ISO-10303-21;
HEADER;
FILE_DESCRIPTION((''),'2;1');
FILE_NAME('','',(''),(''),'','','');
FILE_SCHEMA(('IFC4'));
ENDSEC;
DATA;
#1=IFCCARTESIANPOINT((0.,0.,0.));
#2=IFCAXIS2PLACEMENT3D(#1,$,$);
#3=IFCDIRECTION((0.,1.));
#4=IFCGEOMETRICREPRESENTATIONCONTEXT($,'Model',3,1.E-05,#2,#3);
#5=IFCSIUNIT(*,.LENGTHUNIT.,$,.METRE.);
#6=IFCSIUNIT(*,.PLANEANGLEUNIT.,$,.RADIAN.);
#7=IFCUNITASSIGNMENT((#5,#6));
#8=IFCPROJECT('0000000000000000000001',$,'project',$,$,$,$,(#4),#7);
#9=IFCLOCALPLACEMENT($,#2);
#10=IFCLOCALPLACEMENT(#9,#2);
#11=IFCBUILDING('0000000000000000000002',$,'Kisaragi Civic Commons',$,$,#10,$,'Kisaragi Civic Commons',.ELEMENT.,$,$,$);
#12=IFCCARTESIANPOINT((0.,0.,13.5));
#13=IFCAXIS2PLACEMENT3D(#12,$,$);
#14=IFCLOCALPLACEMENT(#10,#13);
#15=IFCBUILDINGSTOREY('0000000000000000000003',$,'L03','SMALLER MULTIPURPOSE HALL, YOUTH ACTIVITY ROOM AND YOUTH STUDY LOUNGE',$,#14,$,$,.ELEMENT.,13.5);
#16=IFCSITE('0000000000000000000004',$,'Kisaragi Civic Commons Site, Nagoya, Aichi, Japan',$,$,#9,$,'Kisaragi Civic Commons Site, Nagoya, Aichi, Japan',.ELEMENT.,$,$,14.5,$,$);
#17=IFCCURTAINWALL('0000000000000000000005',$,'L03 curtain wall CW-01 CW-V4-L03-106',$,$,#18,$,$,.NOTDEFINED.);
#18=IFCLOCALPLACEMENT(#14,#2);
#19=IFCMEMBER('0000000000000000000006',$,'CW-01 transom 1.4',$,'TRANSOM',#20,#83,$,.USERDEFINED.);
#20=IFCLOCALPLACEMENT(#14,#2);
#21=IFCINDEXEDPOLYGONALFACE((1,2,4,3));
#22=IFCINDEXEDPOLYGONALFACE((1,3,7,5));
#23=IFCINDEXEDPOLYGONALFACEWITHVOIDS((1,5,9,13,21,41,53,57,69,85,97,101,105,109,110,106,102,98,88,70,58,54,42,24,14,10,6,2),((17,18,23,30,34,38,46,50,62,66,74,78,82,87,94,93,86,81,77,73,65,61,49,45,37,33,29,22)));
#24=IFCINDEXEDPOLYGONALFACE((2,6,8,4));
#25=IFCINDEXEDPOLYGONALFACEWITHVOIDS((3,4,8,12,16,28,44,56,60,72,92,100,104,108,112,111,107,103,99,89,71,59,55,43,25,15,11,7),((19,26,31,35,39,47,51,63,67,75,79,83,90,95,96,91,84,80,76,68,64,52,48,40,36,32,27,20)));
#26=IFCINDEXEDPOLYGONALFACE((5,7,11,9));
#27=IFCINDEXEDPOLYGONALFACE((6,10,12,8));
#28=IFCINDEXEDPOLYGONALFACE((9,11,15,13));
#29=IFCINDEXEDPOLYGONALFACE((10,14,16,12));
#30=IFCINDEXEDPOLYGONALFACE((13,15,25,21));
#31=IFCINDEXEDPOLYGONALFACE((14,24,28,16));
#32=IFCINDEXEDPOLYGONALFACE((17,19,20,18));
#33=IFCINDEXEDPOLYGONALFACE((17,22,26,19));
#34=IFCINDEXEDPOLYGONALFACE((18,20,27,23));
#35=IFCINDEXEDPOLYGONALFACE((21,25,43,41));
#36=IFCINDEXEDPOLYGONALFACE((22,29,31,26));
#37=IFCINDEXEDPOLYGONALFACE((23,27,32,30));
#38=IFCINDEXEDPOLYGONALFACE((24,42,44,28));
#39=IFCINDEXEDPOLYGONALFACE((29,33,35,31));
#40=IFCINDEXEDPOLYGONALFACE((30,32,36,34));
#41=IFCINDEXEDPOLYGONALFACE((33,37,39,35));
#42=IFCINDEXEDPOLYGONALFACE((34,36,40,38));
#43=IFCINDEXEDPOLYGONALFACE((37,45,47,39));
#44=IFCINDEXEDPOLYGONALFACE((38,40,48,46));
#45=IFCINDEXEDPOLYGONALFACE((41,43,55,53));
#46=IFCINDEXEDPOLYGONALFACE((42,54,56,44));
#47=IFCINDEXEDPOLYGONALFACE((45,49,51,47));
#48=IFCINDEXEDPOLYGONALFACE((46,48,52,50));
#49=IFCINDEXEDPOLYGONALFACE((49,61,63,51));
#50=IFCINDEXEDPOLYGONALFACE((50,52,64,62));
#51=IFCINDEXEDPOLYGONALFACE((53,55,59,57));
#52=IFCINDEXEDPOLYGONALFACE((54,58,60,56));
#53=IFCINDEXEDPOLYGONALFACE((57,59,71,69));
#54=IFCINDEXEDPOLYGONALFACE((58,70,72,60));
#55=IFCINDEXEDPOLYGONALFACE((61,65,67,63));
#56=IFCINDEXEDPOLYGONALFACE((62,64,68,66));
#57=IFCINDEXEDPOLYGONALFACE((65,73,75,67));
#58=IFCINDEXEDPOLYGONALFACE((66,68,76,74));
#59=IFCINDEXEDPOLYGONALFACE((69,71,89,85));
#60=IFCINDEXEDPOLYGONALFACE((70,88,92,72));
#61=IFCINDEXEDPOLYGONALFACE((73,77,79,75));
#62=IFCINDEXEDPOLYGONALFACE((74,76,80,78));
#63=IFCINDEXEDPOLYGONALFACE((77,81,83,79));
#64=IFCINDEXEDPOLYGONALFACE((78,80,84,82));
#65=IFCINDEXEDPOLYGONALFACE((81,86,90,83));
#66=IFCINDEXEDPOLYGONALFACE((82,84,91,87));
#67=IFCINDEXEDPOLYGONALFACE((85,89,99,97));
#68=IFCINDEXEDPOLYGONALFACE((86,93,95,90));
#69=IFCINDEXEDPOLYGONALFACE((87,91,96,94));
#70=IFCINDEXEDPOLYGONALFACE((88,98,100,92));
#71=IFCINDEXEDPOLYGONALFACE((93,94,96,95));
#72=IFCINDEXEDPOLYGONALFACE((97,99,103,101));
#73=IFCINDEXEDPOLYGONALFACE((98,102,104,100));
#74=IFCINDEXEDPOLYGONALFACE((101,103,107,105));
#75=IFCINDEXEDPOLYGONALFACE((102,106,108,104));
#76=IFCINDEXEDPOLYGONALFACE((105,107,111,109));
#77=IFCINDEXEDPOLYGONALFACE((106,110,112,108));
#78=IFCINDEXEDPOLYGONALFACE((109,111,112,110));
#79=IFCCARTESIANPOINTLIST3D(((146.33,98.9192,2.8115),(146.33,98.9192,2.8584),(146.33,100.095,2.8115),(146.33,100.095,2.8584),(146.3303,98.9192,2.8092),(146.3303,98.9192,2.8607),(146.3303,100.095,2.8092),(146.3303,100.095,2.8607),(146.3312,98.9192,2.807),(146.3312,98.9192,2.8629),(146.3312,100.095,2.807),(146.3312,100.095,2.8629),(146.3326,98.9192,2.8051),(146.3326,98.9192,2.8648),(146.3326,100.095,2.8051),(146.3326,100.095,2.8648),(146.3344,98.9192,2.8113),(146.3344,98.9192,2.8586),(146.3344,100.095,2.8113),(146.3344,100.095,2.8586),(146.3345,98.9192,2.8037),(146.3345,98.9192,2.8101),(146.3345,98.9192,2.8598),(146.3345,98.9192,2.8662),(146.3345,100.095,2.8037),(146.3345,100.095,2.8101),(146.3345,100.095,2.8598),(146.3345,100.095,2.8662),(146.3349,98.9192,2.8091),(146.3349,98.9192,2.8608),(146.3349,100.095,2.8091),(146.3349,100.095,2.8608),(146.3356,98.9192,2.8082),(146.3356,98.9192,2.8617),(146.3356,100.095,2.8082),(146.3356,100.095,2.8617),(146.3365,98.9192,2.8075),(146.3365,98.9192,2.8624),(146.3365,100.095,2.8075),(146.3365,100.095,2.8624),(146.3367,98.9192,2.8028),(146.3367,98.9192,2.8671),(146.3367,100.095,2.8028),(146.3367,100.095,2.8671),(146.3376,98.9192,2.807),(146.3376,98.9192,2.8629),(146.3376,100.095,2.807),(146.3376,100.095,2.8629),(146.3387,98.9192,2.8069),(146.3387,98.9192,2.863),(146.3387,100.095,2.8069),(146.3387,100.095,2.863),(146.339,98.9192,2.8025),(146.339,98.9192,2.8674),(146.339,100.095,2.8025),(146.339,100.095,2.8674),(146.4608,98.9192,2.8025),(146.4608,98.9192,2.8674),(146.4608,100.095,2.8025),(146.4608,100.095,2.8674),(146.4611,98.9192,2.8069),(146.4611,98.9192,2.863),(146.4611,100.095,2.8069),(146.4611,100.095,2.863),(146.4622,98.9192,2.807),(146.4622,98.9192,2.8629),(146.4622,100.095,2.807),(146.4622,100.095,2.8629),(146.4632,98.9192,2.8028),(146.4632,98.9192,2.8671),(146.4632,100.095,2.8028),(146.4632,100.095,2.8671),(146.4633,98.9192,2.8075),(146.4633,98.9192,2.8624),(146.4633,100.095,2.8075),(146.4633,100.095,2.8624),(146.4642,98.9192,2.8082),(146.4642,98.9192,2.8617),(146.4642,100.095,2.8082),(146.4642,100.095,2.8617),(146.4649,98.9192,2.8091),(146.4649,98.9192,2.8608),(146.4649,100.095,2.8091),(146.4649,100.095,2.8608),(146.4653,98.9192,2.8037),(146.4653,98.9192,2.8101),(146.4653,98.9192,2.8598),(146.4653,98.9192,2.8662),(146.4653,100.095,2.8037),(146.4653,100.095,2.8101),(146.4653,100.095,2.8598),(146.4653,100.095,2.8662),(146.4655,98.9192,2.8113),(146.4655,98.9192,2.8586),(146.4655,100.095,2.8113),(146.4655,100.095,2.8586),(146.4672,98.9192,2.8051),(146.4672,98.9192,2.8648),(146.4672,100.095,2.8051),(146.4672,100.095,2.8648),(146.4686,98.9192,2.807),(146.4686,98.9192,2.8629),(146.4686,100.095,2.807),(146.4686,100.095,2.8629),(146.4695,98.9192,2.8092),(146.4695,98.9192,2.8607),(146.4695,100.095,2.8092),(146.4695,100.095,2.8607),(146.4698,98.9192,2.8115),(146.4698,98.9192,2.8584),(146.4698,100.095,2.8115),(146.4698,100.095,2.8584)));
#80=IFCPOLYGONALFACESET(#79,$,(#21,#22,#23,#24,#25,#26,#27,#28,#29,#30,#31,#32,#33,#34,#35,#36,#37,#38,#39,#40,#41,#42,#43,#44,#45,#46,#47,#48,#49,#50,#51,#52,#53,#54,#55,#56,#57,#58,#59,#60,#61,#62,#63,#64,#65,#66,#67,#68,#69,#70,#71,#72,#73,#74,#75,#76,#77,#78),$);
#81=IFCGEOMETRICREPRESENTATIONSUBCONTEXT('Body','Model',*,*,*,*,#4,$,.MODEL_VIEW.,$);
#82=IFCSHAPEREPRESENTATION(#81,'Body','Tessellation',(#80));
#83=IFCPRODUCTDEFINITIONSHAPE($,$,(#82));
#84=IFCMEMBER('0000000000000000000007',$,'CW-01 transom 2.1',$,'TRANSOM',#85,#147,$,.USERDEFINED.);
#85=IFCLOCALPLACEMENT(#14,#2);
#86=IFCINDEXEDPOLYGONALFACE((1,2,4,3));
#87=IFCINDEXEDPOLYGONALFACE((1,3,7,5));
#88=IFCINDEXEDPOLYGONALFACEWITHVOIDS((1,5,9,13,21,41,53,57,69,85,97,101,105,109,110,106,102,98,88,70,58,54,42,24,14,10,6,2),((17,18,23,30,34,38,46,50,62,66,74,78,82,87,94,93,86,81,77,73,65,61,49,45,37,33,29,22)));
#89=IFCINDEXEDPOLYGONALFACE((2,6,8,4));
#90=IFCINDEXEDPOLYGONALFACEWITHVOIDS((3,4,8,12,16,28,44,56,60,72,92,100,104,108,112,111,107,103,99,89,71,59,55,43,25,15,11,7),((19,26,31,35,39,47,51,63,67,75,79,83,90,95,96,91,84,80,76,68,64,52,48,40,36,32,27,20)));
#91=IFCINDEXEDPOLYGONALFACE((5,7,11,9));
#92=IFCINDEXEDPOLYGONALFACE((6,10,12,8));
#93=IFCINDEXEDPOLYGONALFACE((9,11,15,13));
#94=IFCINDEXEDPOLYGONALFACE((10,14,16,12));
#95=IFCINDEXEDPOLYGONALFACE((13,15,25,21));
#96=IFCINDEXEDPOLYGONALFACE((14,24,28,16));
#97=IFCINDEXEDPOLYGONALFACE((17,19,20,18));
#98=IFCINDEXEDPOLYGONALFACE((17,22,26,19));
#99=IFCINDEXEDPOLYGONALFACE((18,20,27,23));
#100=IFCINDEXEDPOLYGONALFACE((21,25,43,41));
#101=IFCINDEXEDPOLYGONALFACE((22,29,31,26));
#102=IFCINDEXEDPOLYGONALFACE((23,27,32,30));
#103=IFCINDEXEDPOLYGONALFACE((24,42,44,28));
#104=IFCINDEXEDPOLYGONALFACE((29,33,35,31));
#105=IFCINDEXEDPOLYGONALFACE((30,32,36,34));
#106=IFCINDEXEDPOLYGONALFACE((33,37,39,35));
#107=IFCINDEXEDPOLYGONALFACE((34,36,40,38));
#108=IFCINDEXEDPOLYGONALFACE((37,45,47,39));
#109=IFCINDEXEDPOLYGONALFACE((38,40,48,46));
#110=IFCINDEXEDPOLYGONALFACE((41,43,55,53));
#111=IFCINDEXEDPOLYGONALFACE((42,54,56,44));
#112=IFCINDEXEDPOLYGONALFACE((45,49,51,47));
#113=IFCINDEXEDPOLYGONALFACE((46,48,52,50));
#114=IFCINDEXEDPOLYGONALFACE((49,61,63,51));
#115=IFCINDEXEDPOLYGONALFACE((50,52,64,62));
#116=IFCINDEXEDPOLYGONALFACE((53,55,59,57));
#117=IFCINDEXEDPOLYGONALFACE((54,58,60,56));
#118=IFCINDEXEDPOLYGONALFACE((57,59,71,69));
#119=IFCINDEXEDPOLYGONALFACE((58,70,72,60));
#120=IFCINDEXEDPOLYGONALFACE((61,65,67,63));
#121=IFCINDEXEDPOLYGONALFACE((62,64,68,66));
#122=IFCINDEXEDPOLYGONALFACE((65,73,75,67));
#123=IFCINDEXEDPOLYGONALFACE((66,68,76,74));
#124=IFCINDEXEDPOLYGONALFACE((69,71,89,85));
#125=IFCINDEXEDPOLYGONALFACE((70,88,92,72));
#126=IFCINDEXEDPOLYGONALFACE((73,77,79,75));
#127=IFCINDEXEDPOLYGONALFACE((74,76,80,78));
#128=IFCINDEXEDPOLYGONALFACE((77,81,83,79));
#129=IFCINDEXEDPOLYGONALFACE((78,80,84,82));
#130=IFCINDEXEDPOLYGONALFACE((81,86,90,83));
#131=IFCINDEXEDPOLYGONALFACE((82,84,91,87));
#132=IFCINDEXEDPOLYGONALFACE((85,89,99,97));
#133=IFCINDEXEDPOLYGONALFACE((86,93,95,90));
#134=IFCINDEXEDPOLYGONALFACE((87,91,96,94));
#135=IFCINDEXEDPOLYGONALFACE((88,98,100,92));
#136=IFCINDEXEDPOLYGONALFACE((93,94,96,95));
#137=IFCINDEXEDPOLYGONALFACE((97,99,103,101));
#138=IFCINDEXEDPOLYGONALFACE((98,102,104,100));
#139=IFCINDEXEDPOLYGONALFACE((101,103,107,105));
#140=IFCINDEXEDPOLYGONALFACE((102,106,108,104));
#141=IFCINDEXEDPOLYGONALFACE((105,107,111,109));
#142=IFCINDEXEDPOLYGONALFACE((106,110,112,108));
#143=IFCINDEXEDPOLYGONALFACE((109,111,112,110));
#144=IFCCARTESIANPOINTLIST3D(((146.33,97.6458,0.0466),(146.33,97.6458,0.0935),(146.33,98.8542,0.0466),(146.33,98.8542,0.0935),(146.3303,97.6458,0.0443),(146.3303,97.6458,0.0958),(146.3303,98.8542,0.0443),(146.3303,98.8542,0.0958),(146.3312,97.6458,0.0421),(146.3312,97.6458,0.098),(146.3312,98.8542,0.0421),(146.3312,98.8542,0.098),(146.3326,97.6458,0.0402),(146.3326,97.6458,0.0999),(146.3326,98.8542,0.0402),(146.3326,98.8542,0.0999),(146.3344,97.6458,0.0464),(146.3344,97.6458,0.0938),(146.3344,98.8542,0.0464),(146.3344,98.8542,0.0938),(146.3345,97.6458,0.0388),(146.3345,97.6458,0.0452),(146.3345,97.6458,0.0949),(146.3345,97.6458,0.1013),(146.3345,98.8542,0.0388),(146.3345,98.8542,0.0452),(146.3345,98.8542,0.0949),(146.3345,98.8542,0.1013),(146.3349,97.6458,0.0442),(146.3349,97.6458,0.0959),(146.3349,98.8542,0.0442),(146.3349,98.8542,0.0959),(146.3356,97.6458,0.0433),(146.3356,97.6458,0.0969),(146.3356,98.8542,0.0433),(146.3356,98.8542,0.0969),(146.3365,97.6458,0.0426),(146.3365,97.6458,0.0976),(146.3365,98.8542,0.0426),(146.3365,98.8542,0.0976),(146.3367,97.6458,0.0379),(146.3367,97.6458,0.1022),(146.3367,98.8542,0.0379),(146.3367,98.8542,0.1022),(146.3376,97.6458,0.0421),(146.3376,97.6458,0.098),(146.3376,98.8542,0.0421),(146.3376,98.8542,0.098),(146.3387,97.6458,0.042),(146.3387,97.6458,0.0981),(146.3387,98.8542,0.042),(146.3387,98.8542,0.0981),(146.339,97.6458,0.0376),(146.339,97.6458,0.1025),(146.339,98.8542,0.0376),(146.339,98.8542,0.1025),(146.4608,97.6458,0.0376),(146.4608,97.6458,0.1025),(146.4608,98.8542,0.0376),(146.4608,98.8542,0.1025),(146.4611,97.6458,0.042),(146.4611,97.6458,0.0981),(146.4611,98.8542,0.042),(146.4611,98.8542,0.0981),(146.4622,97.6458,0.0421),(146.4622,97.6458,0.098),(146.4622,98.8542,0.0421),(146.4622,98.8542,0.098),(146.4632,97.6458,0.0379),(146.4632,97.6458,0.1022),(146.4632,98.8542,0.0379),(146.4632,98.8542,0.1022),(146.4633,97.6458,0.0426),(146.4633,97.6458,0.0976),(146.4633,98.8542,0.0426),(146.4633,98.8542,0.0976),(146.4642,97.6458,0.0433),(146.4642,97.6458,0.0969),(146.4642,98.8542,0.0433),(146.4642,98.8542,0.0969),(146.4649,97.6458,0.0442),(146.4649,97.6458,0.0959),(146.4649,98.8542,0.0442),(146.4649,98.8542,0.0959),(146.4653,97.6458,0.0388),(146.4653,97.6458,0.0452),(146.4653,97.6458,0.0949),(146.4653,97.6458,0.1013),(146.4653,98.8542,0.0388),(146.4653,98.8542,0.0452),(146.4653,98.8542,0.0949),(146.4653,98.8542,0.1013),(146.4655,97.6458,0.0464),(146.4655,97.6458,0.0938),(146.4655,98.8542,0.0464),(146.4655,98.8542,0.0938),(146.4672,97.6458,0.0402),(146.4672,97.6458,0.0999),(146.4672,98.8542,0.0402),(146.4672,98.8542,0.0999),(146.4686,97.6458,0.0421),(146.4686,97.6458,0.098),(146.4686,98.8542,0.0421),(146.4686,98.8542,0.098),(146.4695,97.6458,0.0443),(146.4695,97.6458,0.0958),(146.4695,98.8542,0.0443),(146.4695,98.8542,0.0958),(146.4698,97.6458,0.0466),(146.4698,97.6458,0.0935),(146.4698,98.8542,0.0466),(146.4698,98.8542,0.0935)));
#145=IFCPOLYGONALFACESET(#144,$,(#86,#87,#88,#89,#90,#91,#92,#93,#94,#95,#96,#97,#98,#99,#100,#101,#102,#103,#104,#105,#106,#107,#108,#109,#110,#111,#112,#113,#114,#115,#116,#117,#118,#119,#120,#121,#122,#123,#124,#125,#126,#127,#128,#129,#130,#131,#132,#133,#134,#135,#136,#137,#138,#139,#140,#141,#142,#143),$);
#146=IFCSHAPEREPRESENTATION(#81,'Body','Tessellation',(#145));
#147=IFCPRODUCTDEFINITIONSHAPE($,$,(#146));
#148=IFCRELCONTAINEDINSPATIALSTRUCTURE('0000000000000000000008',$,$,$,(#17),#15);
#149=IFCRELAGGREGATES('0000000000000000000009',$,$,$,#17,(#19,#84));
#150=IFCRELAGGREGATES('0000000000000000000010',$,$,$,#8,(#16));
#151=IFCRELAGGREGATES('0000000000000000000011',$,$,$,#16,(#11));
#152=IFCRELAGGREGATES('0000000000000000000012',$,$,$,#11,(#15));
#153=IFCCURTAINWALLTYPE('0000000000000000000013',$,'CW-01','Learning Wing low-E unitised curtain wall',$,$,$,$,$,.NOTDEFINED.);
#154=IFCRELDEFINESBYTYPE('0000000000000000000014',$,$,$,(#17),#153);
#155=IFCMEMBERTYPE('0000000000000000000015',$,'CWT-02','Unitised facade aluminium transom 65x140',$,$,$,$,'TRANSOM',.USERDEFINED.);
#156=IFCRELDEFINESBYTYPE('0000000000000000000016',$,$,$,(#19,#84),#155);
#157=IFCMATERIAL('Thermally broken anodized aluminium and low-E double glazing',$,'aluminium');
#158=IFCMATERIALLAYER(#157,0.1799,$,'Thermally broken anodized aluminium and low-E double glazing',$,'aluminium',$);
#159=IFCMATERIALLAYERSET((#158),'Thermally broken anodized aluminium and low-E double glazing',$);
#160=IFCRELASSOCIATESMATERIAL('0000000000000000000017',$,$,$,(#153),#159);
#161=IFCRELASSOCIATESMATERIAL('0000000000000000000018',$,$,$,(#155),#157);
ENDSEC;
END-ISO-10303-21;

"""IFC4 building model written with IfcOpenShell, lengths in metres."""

from ifc_helpers import new_model, si_unit, direction, frame, origin, origin_2d, place, context, subcontext, project, spatial, hollow_rectangle, extrude, material, layer, layer_set, material_profile, profile_set, type_object, element, aggregate, save


model = new_model("IFC4")

# Units and contexts
model_context = context("Model", 3, precision=1e-05, world=origin(), true_north=direction((0.0, 1.0)))
body_context = subcontext(model_context, "Body", "Model", "MODEL_VIEW")
ifc_project = project(units=[si_unit("LENGTHUNIT", "METRE"), si_unit("PLANEANGLEUNIT", "RADIAN")], contexts=[model_context])

# Site, building, storey
site_placement = place(None, origin())
site = spatial("IfcSite", under=ifc_project, at=site_placement, Name="Kisaragi Civic Commons Site, Nagoya, Aichi, Japan", LongName="Kisaragi Civic Commons Site, Nagoya, Aichi, Japan", CompositionType="ELEMENT", RefElevation=14.5)
building_placement = place(site_placement, origin())
building = spatial("IfcBuilding", under=site, at=building_placement, Name="Kisaragi Civic Commons", LongName="Kisaragi Civic Commons", CompositionType="ELEMENT")
storey_placement = place(building_placement, frame((0.0, 0.0, 13.5)))
storey = spatial("IfcBuildingStorey", under=building, at=storey_placement, Name="L03", Description="SMALLER MULTIPURPOSE HALL, YOUTH ACTIVITY ROOM AND YOUTH STUDY LOUNGE", CompositionType="ELEMENT", Elevation=13.5)

# Curtain wall, members
ifc_material = material(Name="Thermally broken anodized aluminium and low-E double glazing", Category="aluminium")
ifc_layer_1 = layer(ifc_material, 0.1799, Name="Thermally broken anodized aluminium and low-E double glazing", Category="aluminium")
ifc_layer_set_1 = layer_set([ifc_layer_1], Name="Thermally broken anodized aluminium and low-E double glazing")
curtain_wall_type = type_object("IfcCurtainWallType", Name="CW-01", Description="Learning Wing low-E unitised curtain wall", PredefinedType="NOTDEFINED", material=ifc_layer_set_1)
curtain_wall_placement = place(storey_placement, origin())
curtain_wall = element("IfcCurtainWall", 1, at=curtain_wall_placement, inside=storey, type_object=curtain_wall_type, Name="L03 curtain wall CW-01 CW-V4-L03-106", PredefinedType="NOTDEFINED")
ifc_material_profile_1 = material_profile(ifc_material, hollow_rectangle(XDim=0.1399, YDim=0.0649, WallThickness=0.0044, InnerFilletRadius=0.0044, OuterFilletRadius=0.009, at=origin_2d()), Name="CWT-65x140x4.5", Category="aluminium")
ifc_profile_set_1 = profile_set([ifc_material_profile_1], Name="Thermally broken anodized aluminium and low-E double glazing")
member_type_1 = type_object("IfcMemberType", Name="CWT-02", Description="Unitised facade aluminium transom 65x140", ElementType="TRANSOM", PredefinedType="USERDEFINED", material=ifc_profile_set_1)
member_1_placement = place(storey_placement, frame((146.3999, 100.095, 2.835), z_axis=(0.0, -1.0, 0.0), x_axis=(1.0, 0.0, 0.0)))
member_1 = element("IfcMember", 2, at=member_1_placement, type_object=member_type_1, Name="CW-01 transom 1.4", ObjectType="TRANSOM", PredefinedType="USERDEFINED", context=body_context, shape_type="SweptSolid", body=[
    extrude(hollow_rectangle(XDim=0.1399, YDim=0.0649, WallThickness=0.0044, InnerFilletRadius=0.0044, OuterFilletRadius=0.009, at=origin_2d()), origin(), (0.0, 0.0, 1.0), 1.1758),
])
member_2_placement = place(storey_placement, frame((146.3999, 98.8542, 0.0701), z_axis=(0.0, -1.0, 0.0), x_axis=(1.0, 0.0, 0.0)))
member_2 = element("IfcMember", 3, at=member_2_placement, type_object=member_type_1, Name="CW-01 transom 2.1", ObjectType="TRANSOM", PredefinedType="USERDEFINED", context=body_context, shape_type="SweptSolid", body=[
    extrude(hollow_rectangle(XDim=0.1399, YDim=0.0649, WallThickness=0.0044, InnerFilletRadius=0.0044, OuterFilletRadius=0.009, at=origin_2d()), origin(), (0.0, 0.0, 1.0), 1.2085),
])
aggregate(curtain_wall, [member_1, member_2])

save(model, "model.ifc")
